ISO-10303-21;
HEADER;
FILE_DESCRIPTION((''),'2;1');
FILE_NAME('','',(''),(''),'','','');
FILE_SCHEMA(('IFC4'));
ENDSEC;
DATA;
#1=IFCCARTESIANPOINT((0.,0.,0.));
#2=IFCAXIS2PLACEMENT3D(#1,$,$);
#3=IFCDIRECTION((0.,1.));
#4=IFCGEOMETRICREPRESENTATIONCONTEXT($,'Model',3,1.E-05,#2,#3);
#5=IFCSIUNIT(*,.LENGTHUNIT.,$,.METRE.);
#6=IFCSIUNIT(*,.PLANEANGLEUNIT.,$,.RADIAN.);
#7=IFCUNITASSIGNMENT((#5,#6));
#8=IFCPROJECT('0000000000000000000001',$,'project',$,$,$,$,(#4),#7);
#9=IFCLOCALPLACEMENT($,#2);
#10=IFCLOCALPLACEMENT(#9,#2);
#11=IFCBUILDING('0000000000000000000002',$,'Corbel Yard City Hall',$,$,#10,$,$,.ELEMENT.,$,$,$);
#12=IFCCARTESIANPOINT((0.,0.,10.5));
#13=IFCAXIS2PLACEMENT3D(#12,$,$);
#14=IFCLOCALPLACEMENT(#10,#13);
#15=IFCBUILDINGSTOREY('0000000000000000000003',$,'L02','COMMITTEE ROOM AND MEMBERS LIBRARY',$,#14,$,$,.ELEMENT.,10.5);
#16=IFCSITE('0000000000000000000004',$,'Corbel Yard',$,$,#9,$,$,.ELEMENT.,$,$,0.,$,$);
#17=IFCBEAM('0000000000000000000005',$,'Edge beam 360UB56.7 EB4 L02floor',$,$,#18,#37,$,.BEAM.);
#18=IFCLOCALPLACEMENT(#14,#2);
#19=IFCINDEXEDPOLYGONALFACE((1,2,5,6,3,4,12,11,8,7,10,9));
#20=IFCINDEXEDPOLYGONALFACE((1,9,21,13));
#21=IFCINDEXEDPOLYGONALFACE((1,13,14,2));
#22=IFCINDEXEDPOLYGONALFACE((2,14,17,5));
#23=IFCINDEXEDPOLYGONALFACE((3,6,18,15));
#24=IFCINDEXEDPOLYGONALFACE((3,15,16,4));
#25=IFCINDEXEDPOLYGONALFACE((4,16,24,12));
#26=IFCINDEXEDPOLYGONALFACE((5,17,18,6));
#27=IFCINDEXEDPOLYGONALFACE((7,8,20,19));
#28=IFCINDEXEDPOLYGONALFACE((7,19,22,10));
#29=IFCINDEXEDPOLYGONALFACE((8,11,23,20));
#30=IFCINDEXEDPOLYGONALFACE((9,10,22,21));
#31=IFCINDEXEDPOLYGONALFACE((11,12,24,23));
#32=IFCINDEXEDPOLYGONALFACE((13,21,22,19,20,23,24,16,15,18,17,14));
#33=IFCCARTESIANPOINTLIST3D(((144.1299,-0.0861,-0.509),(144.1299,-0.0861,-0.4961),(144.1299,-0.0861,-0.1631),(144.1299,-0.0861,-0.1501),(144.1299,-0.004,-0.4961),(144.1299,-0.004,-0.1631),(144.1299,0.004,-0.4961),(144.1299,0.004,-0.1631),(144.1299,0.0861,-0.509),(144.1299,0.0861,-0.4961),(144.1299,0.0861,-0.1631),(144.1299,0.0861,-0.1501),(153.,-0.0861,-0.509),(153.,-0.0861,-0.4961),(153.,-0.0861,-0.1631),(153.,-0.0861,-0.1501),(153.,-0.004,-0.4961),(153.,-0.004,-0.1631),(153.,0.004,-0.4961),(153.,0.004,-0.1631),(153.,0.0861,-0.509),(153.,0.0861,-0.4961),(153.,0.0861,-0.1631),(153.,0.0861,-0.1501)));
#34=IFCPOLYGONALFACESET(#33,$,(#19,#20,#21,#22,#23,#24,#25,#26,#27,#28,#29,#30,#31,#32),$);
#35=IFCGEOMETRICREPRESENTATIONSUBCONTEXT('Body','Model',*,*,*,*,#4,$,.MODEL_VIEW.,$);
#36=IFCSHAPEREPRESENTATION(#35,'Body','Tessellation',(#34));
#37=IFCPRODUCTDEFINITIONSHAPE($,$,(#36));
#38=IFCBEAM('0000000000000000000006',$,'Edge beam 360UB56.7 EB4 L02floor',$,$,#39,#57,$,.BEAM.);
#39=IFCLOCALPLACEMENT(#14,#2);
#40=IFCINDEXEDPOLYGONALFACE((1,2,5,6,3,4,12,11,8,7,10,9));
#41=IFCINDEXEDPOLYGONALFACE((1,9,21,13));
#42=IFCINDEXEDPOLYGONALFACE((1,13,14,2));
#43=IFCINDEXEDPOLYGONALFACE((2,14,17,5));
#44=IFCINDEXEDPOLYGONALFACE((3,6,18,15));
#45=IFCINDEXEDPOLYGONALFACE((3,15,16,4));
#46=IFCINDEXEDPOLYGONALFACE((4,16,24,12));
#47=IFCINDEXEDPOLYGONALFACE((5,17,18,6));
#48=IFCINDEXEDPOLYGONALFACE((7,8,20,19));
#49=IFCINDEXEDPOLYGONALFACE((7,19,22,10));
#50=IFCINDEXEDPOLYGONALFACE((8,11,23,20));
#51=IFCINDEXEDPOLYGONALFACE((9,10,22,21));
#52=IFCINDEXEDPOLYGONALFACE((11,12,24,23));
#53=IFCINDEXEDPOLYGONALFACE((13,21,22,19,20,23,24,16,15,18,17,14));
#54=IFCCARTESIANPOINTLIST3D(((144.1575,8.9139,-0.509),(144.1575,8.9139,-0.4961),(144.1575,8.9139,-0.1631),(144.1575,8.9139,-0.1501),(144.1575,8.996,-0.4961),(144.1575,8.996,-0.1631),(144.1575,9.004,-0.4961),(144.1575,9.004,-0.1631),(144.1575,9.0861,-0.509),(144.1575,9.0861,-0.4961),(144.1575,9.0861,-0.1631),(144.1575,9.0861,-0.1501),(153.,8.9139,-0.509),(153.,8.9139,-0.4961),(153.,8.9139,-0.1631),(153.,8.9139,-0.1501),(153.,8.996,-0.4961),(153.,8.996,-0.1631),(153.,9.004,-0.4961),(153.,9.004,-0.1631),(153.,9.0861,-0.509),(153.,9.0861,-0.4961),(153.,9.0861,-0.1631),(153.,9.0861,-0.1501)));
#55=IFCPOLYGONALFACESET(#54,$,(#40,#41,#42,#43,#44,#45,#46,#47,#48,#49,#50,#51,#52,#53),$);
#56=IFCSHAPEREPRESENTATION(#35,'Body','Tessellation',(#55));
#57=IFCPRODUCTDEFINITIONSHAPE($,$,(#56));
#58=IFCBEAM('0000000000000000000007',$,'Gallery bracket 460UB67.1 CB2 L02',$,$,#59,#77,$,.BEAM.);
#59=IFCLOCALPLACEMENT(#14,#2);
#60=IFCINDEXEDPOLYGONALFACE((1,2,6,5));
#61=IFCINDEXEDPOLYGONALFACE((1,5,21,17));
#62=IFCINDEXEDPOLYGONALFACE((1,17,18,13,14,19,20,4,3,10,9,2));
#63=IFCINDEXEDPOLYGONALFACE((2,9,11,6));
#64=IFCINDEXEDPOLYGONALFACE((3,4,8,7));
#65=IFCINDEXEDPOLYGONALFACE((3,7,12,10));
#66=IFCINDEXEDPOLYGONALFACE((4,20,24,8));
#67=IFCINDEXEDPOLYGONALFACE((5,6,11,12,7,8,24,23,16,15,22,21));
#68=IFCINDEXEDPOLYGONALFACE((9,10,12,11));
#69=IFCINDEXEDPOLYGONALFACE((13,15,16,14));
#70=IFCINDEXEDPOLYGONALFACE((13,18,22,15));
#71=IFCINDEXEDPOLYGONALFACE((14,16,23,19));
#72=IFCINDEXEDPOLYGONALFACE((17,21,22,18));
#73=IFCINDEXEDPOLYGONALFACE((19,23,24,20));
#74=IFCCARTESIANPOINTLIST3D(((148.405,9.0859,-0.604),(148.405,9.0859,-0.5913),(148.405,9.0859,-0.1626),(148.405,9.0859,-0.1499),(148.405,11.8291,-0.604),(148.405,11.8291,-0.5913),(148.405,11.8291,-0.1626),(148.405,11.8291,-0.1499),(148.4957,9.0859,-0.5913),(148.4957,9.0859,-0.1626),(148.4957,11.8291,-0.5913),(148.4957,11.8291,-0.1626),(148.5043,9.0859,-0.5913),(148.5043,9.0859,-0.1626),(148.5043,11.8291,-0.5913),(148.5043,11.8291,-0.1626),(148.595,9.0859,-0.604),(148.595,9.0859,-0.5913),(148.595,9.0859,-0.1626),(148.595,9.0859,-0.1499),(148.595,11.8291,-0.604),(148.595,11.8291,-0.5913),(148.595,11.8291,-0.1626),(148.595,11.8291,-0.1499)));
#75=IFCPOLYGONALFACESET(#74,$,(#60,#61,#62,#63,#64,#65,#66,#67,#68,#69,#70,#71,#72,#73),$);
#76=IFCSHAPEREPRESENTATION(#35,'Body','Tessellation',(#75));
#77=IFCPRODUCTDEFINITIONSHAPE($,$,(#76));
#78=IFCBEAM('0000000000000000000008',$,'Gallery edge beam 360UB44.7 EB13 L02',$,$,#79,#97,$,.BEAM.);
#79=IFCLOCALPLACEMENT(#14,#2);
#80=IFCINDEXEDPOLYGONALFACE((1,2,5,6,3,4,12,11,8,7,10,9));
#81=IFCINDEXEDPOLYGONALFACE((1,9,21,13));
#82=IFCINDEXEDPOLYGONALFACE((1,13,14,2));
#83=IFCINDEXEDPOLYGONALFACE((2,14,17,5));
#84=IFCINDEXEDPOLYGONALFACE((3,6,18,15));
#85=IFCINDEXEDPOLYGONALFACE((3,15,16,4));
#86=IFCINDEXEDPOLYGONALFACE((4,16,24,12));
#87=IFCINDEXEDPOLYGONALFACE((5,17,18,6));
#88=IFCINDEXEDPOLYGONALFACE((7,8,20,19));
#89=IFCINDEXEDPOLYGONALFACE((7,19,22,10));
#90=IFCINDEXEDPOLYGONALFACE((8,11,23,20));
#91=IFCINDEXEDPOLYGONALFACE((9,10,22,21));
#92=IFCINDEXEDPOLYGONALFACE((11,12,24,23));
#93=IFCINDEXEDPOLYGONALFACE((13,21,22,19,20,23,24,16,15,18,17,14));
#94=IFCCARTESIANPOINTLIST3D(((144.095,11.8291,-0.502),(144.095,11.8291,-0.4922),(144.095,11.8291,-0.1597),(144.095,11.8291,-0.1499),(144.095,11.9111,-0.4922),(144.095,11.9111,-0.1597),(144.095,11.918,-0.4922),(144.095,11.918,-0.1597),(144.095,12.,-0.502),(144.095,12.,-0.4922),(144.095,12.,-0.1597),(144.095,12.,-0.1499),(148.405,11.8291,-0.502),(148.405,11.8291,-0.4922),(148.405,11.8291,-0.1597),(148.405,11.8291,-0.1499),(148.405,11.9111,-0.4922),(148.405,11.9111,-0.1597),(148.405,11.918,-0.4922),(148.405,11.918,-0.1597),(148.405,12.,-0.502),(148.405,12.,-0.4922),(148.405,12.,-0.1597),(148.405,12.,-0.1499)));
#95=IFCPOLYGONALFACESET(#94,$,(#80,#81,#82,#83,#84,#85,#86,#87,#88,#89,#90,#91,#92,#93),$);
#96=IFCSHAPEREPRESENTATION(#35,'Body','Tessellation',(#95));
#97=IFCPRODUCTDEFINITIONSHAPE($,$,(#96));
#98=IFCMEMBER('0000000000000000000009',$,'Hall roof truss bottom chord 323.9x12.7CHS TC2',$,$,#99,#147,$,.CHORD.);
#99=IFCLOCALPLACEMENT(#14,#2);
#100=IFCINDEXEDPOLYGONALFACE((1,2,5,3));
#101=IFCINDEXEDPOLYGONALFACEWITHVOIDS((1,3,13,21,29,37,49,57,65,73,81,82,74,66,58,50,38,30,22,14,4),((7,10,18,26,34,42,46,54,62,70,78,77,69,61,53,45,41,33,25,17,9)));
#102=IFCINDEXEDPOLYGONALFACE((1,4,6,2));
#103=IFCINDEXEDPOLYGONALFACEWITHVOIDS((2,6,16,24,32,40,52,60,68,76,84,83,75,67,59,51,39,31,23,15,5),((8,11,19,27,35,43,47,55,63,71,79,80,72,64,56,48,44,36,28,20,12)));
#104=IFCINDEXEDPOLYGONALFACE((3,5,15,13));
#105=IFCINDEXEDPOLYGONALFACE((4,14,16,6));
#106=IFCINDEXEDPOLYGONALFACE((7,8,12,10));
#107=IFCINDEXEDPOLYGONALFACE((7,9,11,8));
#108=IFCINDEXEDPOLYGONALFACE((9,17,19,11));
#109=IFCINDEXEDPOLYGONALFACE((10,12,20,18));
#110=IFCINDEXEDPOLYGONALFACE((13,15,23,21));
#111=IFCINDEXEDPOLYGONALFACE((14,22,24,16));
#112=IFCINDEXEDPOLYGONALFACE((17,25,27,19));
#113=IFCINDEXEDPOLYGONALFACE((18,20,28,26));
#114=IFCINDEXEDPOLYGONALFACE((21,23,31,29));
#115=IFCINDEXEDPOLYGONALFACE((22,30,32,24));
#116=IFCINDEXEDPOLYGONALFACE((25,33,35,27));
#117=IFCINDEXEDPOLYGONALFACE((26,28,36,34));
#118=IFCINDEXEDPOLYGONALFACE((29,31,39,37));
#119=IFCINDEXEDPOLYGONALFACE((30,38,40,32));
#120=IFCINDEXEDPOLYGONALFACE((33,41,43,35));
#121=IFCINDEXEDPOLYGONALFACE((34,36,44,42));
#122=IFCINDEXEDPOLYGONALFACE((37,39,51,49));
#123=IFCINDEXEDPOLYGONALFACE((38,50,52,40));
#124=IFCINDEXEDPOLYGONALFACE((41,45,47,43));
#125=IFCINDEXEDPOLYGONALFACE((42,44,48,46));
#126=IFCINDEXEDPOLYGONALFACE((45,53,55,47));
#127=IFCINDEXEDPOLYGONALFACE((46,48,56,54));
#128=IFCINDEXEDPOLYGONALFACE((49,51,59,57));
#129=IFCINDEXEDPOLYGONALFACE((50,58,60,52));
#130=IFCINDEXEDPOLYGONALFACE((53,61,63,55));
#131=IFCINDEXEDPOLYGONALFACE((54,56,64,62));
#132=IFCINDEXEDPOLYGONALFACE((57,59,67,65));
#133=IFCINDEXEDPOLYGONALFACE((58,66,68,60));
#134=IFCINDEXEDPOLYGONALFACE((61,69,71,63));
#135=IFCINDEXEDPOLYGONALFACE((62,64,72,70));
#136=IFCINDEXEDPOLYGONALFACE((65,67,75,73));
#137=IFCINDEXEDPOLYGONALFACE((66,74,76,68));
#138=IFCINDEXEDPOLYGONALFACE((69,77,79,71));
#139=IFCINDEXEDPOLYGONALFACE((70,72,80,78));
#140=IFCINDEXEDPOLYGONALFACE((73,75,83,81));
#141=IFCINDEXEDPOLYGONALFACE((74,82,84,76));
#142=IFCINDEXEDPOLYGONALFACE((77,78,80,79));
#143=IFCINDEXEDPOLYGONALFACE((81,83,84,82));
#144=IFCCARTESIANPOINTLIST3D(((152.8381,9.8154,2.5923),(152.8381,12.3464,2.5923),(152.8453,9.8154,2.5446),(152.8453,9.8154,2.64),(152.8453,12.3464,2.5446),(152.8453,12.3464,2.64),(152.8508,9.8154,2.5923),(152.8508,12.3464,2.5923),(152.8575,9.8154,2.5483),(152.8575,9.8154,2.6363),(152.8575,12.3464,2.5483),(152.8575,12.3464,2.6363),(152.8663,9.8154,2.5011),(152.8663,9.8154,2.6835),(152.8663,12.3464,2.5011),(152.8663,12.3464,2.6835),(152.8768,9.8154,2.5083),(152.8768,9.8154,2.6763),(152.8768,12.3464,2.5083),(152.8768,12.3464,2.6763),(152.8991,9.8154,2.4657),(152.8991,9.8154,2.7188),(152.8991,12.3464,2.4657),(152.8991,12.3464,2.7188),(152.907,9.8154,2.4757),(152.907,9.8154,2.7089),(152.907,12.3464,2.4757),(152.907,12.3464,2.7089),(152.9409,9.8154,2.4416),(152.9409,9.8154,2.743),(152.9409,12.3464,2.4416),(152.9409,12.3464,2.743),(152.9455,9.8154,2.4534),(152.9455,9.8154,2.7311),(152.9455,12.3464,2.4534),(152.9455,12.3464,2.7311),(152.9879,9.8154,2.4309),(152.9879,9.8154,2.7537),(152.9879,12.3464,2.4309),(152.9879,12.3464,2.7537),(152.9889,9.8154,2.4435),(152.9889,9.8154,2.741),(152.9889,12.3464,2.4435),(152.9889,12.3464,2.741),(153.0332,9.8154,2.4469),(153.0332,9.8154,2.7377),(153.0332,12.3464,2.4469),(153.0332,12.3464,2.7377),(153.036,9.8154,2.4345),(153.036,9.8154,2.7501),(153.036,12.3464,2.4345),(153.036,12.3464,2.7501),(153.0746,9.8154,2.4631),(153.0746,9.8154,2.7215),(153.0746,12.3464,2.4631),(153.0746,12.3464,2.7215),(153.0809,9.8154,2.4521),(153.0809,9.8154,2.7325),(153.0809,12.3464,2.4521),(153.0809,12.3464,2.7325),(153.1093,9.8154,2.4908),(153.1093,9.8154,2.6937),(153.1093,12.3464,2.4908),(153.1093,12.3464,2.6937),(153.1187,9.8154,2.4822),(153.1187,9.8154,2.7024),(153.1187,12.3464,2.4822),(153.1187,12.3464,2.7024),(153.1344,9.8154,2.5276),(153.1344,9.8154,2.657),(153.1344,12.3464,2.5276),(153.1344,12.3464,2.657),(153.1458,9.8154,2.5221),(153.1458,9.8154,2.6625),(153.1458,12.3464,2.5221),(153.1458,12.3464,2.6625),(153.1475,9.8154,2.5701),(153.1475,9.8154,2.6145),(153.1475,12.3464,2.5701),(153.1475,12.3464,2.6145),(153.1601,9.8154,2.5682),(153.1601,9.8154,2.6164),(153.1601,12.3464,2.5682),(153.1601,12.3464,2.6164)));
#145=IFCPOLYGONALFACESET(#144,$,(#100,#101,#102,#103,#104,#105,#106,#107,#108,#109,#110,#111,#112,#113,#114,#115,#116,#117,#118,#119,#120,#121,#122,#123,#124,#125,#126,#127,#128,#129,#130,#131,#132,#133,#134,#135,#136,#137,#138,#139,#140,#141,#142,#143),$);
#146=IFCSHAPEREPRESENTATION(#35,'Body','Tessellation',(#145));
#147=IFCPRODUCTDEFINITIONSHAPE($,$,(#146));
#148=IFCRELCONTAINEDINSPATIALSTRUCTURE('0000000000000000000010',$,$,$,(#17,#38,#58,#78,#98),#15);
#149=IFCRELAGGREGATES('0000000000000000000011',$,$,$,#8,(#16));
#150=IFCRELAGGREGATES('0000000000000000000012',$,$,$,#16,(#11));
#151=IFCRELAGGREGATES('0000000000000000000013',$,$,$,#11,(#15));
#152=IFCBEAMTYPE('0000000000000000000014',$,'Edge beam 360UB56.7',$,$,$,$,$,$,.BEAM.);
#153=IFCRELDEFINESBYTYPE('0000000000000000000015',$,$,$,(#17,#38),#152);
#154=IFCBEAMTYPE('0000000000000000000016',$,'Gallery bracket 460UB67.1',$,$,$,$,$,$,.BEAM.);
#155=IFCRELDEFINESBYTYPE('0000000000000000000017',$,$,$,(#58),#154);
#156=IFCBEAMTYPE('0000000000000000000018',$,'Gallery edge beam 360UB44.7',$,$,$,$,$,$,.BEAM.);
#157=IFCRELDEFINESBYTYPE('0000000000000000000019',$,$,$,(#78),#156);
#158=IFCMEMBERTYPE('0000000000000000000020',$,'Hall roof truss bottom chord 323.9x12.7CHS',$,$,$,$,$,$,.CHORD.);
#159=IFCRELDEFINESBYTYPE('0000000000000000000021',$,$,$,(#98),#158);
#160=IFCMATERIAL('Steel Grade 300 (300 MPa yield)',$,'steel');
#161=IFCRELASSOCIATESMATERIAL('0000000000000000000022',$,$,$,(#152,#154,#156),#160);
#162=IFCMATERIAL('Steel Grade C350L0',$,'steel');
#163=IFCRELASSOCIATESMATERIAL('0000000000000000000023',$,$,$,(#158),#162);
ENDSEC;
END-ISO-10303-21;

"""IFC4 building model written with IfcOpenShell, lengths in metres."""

from ifc_helpers import new_model, si_unit, direction, frame, origin, origin_2d, place, context, subcontext, project, spatial, hollow_circle, i_section, extrude, material, material_profile, profile_set, type_object, element, save


model = new_model("IFC4")

# Units and contexts
model_context = context("Model", 3, precision=1e-05, world=origin(), true_north=direction((0.0, 1.0)))
body_context = subcontext(model_context, "Body", "Model", "MODEL_VIEW")
ifc_project = project(units=[si_unit("LENGTHUNIT", "METRE"), si_unit("PLANEANGLEUNIT", "RADIAN")], contexts=[model_context])

# Site, building, storey
site_placement = place(None, origin())
site = spatial("IfcSite", under=ifc_project, at=site_placement, Name="Corbel Yard", CompositionType="ELEMENT", RefElevation=0.0)
building_placement = place(site_placement, origin())
building = spatial("IfcBuilding", under=site, at=building_placement, Name="Corbel Yard City Hall", CompositionType="ELEMENT")
storey_placement = place(building_placement, frame((0.0, 0.0, 10.5)))
storey = spatial("IfcBuildingStorey", under=building, at=storey_placement, Name="L02", Description="COMMITTEE ROOM AND MEMBERS LIBRARY", CompositionType="ELEMENT", Elevation=10.5)

# Beams
ifc_material_1 = material(Name="Steel Grade 300 (300 MPa yield)", Category="steel")
ifc_material_profile_1 = material_profile(ifc_material_1, i_section(OverallWidth=0.1721, OverallDepth=0.3589, WebThickness=0.0081, FlangeThickness=0.0129, at=origin_2d()), Name="360UB56.7")
ifc_profile_set_1 = profile_set([ifc_material_profile_1], Name="Steel Grade 300 (300 MPa yield)")
beam_type_1 = type_object("IfcBeamType", Name="Edge beam 360UB56.7", PredefinedType="BEAM", material=ifc_profile_set_1)
beam_1_placement = place(storey_placement, frame((144.1299, 0.0, -0.3296), z_axis=(1.0, 0.0, 0.0), x_axis=(0.0, 1.0, 0.0)))
element("IfcBeam", 1, at=beam_1_placement, inside=storey, type_object=beam_type_1, Name="Edge beam 360UB56.7 EB4 L02floor", PredefinedType="BEAM", context=body_context, shape_type="SweptSolid", body=[
    extrude(i_section(OverallWidth=0.1721, OverallDepth=0.3589, WebThickness=0.0081, FlangeThickness=0.0129, at=origin_2d()), origin(), (0.0, 0.0, 1.0), 8.8701),
])
beam_2_placement = place(storey_placement, frame((144.1575, 9.0, -0.3296), z_axis=(1.0, 0.0, 0.0), x_axis=(0.0, 1.0, 0.0)))
element("IfcBeam", 2, at=beam_2_placement, inside=storey, type_object=beam_type_1, Name="Edge beam 360UB56.7 EB4 L02floor", PredefinedType="BEAM", context=body_context, shape_type="SweptSolid", body=[
    extrude(i_section(OverallWidth=0.1721, OverallDepth=0.3589, WebThickness=0.0081, FlangeThickness=0.0129, at=origin_2d()), origin(), (0.0, 0.0, 1.0), 8.8425),
])
ifc_material_profile_2 = material_profile(ifc_material_1, i_section(OverallWidth=0.1899, OverallDepth=0.4541, WebThickness=0.0085, FlangeThickness=0.0127, at=origin_2d()), Name="460UB67.1")
ifc_profile_set_2 = profile_set([ifc_material_profile_2], Name="Steel Grade 300 (300 MPa yield)")
beam_type_2 = type_object("IfcBeamType", Name="Gallery bracket 460UB67.1", PredefinedType="BEAM", material=ifc_profile_set_2)
beam_3_placement = place(storey_placement, frame((148.5, 9.0859, -0.377), z_axis=(0.0, 1.0, 0.0), x_axis=(-1.0, 0.0, 0.0)))
element("IfcBeam", 3, at=beam_3_placement, inside=storey, type_object=beam_type_2, Name="Gallery bracket 460UB67.1 CB2 L02", PredefinedType="BEAM", context=body_context, shape_type="SweptSolid", body=[
    extrude(i_section(OverallWidth=0.1899, OverallDepth=0.4541, WebThickness=0.0085, FlangeThickness=0.0127, at=origin_2d()), origin(), (0.0, 0.0, 1.0), 2.7432),
])
ifc_material_profile_3 = material_profile(ifc_material_1, i_section(OverallWidth=0.1709, OverallDepth=0.3521, WebThickness=0.0068, FlangeThickness=0.0098, at=origin_2d()), Name="360UB44.7")
ifc_profile_set_3 = profile_set([ifc_material_profile_3], Name="Steel Grade 300 (300 MPa yield)")
beam_type_3 = type_object("IfcBeamType", Name="Gallery edge beam 360UB44.7", PredefinedType="BEAM", material=ifc_profile_set_3)
beam_4_placement = place(storey_placement, frame((144.095, 11.9146, -0.3259), z_axis=(1.0, 0.0, 0.0), x_axis=(0.0, 1.0, 0.0)))
element("IfcBeam", 4, at=beam_4_placement, inside=storey, type_object=beam_type_3, Name="Gallery edge beam 360UB44.7 EB13 L02", PredefinedType="BEAM", context=body_context, shape_type="SweptSolid", body=[
    extrude(i_section(OverallWidth=0.1709, OverallDepth=0.3521, WebThickness=0.0068, FlangeThickness=0.0098, at=origin_2d()), origin(), (0.0, 0.0, 1.0), 4.3101),
])

# Member
ifc_material_2 = material(Name="Steel Grade C350L0", Category="steel")
ifc_material_profile_4 = material_profile(ifc_material_2, hollow_circle(Radius=0.1619, WallThickness=0.0127, at=origin_2d()), Name="323.9x12.7CHS")
ifc_profile_set_4 = profile_set([ifc_material_profile_4], Name="Steel Grade C350L0")
member_type_1 = type_object("IfcMemberType", Name="Hall roof truss bottom chord 323.9x12.7CHS", PredefinedType="CHORD", material=ifc_profile_set_4)
member_1_placement = place(storey_placement, frame((153.0, 9.8154, 2.5923), z_axis=(0.0, 1.0, 0.0), x_axis=(-1.0, 0.0, 0.0)))
element("IfcMember", 5, at=member_1_placement, inside=storey, type_object=member_type_1, Name="Hall roof truss bottom chord 323.9x12.7CHS TC2", PredefinedType="CHORD", context=body_context, shape_type="SweptSolid", body=[
    extrude(hollow_circle(Radius=0.1619, WallThickness=0.0127, at=origin_2d()), origin(), (0.0, 0.0, 1.0), 2.531),
])

save(model, "model.ifc")
